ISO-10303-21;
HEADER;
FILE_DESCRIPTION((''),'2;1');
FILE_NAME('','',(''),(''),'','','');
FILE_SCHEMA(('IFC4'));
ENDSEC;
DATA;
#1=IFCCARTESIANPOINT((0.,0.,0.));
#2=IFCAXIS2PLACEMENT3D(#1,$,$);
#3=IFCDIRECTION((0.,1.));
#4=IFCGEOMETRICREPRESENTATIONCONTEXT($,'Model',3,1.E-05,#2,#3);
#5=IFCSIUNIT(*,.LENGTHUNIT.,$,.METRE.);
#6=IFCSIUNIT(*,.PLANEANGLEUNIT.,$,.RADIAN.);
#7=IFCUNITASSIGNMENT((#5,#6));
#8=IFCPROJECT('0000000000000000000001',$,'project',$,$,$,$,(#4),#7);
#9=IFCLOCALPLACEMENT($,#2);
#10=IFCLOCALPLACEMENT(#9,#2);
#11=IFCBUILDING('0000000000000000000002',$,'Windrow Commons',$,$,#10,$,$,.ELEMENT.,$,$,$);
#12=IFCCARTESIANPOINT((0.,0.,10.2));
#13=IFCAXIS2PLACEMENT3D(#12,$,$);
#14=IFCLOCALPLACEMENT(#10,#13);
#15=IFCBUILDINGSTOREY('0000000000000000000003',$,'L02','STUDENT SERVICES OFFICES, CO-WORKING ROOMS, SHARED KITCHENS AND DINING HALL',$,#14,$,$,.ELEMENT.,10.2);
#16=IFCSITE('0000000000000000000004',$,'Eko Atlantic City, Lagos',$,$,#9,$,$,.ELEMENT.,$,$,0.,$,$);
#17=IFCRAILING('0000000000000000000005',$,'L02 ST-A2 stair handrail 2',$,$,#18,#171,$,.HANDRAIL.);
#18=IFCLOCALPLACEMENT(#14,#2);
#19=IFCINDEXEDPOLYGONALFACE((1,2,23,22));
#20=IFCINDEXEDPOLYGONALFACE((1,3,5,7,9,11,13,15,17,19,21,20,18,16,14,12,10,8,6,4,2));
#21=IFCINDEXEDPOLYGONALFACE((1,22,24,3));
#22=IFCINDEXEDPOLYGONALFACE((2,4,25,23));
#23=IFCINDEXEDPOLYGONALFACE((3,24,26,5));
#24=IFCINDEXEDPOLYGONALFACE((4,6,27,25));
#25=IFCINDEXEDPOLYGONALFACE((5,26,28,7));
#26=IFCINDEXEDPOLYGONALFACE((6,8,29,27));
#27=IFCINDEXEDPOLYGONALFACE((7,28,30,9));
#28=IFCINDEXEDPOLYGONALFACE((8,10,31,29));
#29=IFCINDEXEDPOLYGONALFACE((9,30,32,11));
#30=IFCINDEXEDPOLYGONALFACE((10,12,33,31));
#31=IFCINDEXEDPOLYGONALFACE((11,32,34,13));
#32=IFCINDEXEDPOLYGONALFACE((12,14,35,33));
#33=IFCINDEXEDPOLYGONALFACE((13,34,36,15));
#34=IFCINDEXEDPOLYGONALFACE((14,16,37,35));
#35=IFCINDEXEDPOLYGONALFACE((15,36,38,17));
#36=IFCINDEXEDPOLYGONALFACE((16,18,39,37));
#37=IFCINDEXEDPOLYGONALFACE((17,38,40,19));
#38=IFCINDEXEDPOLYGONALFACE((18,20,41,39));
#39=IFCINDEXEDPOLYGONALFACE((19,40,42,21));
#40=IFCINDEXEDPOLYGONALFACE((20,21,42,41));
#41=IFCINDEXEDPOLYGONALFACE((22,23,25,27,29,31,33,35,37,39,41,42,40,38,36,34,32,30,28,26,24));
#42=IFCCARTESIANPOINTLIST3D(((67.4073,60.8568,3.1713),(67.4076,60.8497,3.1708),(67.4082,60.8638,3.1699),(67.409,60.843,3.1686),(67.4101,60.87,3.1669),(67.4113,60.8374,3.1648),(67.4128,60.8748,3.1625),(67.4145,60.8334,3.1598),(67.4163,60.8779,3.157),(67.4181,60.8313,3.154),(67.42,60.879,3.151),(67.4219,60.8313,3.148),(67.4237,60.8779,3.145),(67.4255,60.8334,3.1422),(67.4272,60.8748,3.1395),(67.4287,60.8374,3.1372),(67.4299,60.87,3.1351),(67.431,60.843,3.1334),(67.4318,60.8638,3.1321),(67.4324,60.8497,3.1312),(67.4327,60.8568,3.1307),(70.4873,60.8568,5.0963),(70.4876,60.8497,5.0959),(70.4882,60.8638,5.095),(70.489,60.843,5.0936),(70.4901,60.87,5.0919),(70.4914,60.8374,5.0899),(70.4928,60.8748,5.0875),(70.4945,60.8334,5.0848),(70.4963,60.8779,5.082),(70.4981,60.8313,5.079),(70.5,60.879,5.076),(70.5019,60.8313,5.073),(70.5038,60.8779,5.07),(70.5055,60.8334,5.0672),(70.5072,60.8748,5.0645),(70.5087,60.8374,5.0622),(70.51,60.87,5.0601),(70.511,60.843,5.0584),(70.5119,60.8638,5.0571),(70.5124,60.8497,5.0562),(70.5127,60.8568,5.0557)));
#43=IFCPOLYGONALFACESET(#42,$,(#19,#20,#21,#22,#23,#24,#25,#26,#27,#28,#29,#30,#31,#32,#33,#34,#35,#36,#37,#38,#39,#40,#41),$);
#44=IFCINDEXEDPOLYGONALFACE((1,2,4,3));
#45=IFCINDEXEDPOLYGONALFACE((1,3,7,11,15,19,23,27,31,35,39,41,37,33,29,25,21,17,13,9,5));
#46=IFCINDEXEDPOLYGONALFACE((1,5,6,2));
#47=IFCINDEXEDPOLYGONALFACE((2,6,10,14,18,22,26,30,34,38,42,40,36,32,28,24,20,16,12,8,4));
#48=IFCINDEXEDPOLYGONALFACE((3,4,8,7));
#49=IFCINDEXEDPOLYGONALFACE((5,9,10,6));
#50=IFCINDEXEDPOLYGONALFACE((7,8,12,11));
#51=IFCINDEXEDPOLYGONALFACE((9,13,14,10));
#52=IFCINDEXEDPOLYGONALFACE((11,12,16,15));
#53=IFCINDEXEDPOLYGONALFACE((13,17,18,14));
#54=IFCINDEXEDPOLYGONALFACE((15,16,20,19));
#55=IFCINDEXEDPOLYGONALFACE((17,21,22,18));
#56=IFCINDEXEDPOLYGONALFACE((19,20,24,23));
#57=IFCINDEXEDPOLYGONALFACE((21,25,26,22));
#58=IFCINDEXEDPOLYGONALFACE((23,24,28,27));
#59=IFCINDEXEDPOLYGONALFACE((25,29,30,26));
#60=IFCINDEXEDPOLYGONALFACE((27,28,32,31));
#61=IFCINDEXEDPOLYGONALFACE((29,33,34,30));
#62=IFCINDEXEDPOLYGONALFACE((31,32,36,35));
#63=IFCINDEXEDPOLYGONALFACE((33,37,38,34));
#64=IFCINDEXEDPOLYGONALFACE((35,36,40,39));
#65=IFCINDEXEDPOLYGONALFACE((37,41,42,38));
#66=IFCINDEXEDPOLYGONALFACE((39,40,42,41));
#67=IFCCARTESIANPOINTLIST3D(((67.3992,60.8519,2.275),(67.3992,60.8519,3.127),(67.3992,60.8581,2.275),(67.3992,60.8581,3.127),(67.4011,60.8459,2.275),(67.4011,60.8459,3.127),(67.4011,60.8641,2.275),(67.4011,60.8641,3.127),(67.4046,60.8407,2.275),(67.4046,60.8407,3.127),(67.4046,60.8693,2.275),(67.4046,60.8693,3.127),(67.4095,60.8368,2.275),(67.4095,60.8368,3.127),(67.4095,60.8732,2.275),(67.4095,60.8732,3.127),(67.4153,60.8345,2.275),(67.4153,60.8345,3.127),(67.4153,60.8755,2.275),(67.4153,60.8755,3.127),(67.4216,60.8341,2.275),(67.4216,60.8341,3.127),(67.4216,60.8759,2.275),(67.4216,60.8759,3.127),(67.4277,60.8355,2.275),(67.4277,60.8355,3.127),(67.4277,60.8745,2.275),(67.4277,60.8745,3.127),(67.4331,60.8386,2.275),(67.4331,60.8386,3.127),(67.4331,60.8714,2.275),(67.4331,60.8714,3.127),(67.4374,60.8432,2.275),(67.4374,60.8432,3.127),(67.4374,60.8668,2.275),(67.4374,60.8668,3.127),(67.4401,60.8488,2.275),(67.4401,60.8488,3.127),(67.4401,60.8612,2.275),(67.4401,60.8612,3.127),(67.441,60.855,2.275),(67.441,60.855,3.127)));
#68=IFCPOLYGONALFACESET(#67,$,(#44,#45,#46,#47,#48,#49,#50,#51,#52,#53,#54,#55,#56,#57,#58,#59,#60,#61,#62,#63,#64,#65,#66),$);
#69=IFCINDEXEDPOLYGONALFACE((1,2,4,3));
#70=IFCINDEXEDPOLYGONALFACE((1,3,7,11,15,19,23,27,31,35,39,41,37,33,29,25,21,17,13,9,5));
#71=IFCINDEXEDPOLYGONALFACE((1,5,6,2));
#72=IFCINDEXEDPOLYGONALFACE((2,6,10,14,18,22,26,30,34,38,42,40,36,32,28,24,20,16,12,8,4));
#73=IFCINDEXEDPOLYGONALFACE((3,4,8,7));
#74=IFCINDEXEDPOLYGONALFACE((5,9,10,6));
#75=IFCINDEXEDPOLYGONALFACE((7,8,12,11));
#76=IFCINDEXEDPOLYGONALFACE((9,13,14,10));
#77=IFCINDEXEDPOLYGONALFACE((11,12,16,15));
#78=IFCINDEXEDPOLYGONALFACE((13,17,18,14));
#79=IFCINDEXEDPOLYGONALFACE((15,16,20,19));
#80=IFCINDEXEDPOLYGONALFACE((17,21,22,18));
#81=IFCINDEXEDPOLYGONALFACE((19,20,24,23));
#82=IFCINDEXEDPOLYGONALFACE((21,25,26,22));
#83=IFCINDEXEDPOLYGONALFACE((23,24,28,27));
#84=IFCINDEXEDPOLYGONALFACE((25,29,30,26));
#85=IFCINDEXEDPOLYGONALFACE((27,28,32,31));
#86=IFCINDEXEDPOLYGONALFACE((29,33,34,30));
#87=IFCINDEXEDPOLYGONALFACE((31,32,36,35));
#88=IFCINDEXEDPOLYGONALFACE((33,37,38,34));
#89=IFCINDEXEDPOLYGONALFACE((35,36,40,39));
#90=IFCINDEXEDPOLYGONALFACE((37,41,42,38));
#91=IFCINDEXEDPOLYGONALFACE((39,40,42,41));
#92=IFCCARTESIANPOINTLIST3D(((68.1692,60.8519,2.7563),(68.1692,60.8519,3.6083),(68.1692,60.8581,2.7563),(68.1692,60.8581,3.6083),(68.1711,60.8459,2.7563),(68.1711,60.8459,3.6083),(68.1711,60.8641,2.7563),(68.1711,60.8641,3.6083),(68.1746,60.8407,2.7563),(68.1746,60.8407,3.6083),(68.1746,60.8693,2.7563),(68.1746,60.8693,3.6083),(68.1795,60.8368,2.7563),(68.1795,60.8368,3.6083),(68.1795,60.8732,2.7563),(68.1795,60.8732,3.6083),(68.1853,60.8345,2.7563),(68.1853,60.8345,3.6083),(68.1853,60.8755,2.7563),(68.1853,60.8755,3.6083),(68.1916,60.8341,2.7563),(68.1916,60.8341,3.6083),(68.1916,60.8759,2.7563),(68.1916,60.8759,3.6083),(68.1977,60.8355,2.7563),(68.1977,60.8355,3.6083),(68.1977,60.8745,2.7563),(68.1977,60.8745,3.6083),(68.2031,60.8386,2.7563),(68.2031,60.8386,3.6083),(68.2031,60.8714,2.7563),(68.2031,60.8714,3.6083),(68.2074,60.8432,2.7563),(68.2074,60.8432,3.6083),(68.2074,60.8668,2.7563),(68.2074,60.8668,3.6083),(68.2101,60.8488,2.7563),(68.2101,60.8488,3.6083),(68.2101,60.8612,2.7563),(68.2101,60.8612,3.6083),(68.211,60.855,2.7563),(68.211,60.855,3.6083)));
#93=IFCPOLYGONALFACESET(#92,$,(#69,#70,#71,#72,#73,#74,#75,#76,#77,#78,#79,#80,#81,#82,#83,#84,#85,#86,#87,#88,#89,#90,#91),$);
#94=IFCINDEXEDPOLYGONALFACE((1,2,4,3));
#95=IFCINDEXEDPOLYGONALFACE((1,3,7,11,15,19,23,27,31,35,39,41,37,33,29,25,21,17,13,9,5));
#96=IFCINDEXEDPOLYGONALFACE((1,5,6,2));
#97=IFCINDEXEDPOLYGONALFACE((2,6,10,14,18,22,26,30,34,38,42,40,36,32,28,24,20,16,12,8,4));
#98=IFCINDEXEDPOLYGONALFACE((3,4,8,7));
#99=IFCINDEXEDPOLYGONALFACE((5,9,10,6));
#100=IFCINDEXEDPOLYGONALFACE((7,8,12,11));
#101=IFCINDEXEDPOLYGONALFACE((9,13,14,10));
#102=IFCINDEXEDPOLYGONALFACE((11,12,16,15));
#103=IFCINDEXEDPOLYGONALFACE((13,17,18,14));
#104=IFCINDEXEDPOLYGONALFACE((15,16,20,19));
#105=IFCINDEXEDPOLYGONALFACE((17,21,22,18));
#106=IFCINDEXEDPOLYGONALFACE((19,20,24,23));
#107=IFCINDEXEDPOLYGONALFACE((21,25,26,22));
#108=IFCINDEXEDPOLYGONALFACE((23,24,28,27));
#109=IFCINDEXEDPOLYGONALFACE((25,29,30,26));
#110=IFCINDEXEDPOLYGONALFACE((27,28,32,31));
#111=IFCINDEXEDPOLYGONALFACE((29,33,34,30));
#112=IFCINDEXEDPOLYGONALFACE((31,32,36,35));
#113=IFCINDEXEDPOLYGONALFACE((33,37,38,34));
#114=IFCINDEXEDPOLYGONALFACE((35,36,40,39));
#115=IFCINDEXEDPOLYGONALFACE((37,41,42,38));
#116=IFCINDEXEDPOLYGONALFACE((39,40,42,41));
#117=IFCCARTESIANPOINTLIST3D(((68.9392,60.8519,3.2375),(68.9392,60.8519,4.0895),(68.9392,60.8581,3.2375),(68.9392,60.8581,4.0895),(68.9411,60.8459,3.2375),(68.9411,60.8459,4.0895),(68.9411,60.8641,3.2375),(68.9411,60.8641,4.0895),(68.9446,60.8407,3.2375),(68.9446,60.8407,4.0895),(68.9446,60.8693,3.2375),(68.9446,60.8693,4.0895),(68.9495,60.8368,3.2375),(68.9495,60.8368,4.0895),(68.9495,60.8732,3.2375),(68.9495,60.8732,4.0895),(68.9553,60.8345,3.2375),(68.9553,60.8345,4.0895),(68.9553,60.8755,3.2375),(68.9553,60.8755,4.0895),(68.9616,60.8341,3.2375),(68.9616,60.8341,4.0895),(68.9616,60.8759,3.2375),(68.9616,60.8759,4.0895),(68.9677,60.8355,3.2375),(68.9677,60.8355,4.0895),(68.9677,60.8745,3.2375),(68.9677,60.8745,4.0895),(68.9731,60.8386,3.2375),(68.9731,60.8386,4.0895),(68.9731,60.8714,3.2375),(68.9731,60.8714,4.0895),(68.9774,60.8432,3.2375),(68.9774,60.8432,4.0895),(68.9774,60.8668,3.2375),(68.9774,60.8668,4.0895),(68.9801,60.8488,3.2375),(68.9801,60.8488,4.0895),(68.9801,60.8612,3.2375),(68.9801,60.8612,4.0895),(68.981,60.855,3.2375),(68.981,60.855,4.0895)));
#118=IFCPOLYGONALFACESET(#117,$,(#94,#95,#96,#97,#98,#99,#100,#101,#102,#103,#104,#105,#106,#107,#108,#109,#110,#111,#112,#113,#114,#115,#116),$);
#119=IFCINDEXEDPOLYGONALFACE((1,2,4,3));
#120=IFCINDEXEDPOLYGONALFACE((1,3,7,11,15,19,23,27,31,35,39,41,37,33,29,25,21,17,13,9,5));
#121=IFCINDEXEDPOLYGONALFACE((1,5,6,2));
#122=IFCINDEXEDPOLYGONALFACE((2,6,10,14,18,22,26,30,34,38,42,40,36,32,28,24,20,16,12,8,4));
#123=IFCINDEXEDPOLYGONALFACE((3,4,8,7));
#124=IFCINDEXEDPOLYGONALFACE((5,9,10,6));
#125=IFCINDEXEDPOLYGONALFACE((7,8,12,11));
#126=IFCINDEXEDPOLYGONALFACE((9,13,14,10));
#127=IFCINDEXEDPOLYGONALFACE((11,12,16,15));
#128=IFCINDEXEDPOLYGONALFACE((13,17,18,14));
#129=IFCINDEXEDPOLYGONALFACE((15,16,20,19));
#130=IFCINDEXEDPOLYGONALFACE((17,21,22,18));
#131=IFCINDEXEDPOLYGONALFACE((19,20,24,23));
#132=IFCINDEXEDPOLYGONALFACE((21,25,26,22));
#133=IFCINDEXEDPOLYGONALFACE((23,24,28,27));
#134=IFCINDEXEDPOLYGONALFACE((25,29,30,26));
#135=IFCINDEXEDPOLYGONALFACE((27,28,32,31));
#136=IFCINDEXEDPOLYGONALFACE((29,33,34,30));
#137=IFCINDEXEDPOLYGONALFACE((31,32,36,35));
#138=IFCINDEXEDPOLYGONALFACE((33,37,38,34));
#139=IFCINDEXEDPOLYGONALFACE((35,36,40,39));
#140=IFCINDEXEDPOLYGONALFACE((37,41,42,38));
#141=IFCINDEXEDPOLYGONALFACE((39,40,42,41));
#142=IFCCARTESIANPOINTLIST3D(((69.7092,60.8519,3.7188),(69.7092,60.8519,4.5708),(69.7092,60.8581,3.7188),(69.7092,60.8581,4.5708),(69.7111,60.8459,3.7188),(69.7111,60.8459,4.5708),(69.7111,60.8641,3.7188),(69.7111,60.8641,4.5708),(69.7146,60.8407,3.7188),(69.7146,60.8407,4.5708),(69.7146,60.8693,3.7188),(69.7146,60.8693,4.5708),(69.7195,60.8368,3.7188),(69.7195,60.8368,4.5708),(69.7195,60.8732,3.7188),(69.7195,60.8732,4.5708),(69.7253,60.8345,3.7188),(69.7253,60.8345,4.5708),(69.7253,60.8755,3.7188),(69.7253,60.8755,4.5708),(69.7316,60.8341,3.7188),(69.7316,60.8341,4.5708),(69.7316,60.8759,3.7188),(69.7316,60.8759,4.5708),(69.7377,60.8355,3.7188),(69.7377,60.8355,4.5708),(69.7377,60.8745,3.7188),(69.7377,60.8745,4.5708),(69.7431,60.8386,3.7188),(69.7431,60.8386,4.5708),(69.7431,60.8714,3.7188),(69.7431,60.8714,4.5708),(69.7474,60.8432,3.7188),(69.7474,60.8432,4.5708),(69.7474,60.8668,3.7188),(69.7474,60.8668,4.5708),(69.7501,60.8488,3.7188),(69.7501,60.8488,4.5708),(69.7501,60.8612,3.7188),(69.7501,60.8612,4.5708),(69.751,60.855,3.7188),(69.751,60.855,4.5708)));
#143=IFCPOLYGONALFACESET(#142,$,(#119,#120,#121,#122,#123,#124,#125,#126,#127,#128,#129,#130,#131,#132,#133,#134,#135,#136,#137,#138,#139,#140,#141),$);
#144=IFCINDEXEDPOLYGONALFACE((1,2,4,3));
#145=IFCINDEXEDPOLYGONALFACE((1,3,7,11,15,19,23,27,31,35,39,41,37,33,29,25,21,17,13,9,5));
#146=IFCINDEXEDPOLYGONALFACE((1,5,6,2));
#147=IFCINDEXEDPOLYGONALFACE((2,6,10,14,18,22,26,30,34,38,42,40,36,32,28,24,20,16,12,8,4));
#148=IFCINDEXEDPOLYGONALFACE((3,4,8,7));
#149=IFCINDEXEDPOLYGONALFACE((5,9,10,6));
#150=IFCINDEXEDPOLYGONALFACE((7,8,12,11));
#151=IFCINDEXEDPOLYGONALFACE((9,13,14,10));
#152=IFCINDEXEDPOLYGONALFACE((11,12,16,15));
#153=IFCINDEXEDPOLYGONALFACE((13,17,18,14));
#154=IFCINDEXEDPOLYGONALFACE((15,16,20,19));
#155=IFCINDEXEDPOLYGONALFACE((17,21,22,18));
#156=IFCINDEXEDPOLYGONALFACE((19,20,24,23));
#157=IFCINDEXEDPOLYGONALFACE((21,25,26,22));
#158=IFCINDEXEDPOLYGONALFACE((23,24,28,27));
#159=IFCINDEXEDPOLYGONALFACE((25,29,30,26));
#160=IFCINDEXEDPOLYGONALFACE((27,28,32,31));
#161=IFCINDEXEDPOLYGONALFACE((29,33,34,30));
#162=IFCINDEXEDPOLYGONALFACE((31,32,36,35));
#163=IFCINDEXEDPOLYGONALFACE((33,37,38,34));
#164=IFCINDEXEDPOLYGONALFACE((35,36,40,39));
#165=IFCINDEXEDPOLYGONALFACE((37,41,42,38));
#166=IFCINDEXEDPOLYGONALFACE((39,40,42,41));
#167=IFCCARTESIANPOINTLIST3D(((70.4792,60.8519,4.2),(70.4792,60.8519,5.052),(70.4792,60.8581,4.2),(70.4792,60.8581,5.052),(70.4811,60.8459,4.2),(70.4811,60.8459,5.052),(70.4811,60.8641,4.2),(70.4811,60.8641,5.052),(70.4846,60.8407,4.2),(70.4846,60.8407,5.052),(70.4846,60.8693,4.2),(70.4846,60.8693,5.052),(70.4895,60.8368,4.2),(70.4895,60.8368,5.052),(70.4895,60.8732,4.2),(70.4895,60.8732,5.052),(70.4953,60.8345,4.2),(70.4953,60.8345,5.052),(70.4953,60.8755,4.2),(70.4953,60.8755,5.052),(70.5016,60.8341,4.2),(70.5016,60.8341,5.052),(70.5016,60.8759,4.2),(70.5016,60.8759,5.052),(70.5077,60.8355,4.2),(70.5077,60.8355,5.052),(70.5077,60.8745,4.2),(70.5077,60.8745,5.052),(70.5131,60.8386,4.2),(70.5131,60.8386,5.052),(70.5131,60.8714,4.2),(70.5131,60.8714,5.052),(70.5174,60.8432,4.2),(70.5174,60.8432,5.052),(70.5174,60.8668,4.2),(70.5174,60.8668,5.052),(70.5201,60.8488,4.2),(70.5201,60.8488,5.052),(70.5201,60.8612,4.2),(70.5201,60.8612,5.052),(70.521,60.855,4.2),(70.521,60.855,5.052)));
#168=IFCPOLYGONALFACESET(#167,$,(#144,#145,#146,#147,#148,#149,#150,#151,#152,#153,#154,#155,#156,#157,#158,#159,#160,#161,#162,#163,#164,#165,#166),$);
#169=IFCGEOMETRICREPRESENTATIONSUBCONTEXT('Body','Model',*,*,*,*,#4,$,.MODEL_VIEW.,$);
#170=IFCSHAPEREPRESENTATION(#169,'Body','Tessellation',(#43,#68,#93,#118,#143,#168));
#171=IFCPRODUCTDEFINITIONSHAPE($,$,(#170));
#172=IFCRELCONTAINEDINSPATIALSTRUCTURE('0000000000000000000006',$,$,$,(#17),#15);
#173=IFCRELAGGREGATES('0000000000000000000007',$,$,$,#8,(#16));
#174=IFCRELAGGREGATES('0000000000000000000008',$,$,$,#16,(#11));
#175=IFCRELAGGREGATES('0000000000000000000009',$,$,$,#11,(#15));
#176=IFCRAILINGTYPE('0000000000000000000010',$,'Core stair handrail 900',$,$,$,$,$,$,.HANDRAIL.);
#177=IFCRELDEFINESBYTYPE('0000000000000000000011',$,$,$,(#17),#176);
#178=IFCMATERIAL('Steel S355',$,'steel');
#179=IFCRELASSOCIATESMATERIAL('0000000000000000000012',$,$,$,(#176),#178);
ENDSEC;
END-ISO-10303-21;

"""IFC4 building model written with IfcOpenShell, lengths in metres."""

from ifc_helpers import new_model, si_unit, direction, frame, origin, origin_2d, place, context, subcontext, project, spatial, circle, extrude, material, type_object, element, save


model = new_model("IFC4")

# Units and contexts
model_context = context("Model", 3, precision=1e-05, world=origin(), true_north=direction((0.0, 1.0)))
body_context = subcontext(model_context, "Body", "Model", "MODEL_VIEW")
ifc_project = project(units=[si_unit("LENGTHUNIT", "METRE"), si_unit("PLANEANGLEUNIT", "RADIAN")], contexts=[model_context])

# Site, building, storey
site_placement = place(None, origin())
site = spatial("IfcSite", under=ifc_project, at=site_placement, Name="Eko Atlantic City, Lagos", CompositionType="ELEMENT", RefElevation=0.0)
building_placement = place(site_placement, origin())
building = spatial("IfcBuilding", under=site, at=building_placement, Name="Windrow Commons", CompositionType="ELEMENT")
storey_placement = place(building_placement, frame((0.0, 0.0, 10.2)))
storey = spatial("IfcBuildingStorey", under=building, at=storey_placement, Name="L02", Description="STUDENT SERVICES OFFICES, CO-WORKING ROOMS, SHARED KITCHENS AND DINING HALL", CompositionType="ELEMENT", Elevation=10.2)

# Railing
ifc_material_1 = material(Name="Steel S355", Category="steel")
railing_type_1 = type_object("IfcRailingType", Name="Core stair handrail 900", PredefinedType="HANDRAIL", material=ifc_material_1)
railing_1_placement = place(storey_placement, frame((67.42, 60.855, 2.275)))
element("IfcRailing", 1, at=railing_1_placement, inside=storey, type_object=railing_type_1, Name="L02 ST-A2 stair handrail 2", PredefinedType="HANDRAIL", context=body_context, shape_type="SweptSolid", body=[
    extrude(circle(Radius=0.024, at=origin_2d()), frame((0.0, 0.0, 0.876), z_axis=(0.847998, 0.0, 0.529999), x_axis=(0.0, 1.0, 0.0)), (0.0, 0.0, 1.0), 3.6321),
    extrude(circle(Radius=0.021, at=origin_2d()), origin(), (0.0, 0.0, 1.0), 0.852),
    extrude(circle(Radius=0.021, at=origin_2d()), frame((0.77, 0.0, 0.4813)), (0.0, 0.0, 1.0), 0.852),
    extrude(circle(Radius=0.021, at=origin_2d()), frame((1.54, 0.0, 0.9625)), (0.0, 0.0, 1.0), 0.852),
    extrude(circle(Radius=0.021, at=origin_2d()), frame((2.31, 0.0, 1.4438)), (0.0, 0.0, 1.0), 0.852),
    extrude(circle(Radius=0.021, at=origin_2d()), frame((3.08, 0.0, 1.925)), (0.0, 0.0, 1.0), 0.852),
])

save(model, "model.ifc")
